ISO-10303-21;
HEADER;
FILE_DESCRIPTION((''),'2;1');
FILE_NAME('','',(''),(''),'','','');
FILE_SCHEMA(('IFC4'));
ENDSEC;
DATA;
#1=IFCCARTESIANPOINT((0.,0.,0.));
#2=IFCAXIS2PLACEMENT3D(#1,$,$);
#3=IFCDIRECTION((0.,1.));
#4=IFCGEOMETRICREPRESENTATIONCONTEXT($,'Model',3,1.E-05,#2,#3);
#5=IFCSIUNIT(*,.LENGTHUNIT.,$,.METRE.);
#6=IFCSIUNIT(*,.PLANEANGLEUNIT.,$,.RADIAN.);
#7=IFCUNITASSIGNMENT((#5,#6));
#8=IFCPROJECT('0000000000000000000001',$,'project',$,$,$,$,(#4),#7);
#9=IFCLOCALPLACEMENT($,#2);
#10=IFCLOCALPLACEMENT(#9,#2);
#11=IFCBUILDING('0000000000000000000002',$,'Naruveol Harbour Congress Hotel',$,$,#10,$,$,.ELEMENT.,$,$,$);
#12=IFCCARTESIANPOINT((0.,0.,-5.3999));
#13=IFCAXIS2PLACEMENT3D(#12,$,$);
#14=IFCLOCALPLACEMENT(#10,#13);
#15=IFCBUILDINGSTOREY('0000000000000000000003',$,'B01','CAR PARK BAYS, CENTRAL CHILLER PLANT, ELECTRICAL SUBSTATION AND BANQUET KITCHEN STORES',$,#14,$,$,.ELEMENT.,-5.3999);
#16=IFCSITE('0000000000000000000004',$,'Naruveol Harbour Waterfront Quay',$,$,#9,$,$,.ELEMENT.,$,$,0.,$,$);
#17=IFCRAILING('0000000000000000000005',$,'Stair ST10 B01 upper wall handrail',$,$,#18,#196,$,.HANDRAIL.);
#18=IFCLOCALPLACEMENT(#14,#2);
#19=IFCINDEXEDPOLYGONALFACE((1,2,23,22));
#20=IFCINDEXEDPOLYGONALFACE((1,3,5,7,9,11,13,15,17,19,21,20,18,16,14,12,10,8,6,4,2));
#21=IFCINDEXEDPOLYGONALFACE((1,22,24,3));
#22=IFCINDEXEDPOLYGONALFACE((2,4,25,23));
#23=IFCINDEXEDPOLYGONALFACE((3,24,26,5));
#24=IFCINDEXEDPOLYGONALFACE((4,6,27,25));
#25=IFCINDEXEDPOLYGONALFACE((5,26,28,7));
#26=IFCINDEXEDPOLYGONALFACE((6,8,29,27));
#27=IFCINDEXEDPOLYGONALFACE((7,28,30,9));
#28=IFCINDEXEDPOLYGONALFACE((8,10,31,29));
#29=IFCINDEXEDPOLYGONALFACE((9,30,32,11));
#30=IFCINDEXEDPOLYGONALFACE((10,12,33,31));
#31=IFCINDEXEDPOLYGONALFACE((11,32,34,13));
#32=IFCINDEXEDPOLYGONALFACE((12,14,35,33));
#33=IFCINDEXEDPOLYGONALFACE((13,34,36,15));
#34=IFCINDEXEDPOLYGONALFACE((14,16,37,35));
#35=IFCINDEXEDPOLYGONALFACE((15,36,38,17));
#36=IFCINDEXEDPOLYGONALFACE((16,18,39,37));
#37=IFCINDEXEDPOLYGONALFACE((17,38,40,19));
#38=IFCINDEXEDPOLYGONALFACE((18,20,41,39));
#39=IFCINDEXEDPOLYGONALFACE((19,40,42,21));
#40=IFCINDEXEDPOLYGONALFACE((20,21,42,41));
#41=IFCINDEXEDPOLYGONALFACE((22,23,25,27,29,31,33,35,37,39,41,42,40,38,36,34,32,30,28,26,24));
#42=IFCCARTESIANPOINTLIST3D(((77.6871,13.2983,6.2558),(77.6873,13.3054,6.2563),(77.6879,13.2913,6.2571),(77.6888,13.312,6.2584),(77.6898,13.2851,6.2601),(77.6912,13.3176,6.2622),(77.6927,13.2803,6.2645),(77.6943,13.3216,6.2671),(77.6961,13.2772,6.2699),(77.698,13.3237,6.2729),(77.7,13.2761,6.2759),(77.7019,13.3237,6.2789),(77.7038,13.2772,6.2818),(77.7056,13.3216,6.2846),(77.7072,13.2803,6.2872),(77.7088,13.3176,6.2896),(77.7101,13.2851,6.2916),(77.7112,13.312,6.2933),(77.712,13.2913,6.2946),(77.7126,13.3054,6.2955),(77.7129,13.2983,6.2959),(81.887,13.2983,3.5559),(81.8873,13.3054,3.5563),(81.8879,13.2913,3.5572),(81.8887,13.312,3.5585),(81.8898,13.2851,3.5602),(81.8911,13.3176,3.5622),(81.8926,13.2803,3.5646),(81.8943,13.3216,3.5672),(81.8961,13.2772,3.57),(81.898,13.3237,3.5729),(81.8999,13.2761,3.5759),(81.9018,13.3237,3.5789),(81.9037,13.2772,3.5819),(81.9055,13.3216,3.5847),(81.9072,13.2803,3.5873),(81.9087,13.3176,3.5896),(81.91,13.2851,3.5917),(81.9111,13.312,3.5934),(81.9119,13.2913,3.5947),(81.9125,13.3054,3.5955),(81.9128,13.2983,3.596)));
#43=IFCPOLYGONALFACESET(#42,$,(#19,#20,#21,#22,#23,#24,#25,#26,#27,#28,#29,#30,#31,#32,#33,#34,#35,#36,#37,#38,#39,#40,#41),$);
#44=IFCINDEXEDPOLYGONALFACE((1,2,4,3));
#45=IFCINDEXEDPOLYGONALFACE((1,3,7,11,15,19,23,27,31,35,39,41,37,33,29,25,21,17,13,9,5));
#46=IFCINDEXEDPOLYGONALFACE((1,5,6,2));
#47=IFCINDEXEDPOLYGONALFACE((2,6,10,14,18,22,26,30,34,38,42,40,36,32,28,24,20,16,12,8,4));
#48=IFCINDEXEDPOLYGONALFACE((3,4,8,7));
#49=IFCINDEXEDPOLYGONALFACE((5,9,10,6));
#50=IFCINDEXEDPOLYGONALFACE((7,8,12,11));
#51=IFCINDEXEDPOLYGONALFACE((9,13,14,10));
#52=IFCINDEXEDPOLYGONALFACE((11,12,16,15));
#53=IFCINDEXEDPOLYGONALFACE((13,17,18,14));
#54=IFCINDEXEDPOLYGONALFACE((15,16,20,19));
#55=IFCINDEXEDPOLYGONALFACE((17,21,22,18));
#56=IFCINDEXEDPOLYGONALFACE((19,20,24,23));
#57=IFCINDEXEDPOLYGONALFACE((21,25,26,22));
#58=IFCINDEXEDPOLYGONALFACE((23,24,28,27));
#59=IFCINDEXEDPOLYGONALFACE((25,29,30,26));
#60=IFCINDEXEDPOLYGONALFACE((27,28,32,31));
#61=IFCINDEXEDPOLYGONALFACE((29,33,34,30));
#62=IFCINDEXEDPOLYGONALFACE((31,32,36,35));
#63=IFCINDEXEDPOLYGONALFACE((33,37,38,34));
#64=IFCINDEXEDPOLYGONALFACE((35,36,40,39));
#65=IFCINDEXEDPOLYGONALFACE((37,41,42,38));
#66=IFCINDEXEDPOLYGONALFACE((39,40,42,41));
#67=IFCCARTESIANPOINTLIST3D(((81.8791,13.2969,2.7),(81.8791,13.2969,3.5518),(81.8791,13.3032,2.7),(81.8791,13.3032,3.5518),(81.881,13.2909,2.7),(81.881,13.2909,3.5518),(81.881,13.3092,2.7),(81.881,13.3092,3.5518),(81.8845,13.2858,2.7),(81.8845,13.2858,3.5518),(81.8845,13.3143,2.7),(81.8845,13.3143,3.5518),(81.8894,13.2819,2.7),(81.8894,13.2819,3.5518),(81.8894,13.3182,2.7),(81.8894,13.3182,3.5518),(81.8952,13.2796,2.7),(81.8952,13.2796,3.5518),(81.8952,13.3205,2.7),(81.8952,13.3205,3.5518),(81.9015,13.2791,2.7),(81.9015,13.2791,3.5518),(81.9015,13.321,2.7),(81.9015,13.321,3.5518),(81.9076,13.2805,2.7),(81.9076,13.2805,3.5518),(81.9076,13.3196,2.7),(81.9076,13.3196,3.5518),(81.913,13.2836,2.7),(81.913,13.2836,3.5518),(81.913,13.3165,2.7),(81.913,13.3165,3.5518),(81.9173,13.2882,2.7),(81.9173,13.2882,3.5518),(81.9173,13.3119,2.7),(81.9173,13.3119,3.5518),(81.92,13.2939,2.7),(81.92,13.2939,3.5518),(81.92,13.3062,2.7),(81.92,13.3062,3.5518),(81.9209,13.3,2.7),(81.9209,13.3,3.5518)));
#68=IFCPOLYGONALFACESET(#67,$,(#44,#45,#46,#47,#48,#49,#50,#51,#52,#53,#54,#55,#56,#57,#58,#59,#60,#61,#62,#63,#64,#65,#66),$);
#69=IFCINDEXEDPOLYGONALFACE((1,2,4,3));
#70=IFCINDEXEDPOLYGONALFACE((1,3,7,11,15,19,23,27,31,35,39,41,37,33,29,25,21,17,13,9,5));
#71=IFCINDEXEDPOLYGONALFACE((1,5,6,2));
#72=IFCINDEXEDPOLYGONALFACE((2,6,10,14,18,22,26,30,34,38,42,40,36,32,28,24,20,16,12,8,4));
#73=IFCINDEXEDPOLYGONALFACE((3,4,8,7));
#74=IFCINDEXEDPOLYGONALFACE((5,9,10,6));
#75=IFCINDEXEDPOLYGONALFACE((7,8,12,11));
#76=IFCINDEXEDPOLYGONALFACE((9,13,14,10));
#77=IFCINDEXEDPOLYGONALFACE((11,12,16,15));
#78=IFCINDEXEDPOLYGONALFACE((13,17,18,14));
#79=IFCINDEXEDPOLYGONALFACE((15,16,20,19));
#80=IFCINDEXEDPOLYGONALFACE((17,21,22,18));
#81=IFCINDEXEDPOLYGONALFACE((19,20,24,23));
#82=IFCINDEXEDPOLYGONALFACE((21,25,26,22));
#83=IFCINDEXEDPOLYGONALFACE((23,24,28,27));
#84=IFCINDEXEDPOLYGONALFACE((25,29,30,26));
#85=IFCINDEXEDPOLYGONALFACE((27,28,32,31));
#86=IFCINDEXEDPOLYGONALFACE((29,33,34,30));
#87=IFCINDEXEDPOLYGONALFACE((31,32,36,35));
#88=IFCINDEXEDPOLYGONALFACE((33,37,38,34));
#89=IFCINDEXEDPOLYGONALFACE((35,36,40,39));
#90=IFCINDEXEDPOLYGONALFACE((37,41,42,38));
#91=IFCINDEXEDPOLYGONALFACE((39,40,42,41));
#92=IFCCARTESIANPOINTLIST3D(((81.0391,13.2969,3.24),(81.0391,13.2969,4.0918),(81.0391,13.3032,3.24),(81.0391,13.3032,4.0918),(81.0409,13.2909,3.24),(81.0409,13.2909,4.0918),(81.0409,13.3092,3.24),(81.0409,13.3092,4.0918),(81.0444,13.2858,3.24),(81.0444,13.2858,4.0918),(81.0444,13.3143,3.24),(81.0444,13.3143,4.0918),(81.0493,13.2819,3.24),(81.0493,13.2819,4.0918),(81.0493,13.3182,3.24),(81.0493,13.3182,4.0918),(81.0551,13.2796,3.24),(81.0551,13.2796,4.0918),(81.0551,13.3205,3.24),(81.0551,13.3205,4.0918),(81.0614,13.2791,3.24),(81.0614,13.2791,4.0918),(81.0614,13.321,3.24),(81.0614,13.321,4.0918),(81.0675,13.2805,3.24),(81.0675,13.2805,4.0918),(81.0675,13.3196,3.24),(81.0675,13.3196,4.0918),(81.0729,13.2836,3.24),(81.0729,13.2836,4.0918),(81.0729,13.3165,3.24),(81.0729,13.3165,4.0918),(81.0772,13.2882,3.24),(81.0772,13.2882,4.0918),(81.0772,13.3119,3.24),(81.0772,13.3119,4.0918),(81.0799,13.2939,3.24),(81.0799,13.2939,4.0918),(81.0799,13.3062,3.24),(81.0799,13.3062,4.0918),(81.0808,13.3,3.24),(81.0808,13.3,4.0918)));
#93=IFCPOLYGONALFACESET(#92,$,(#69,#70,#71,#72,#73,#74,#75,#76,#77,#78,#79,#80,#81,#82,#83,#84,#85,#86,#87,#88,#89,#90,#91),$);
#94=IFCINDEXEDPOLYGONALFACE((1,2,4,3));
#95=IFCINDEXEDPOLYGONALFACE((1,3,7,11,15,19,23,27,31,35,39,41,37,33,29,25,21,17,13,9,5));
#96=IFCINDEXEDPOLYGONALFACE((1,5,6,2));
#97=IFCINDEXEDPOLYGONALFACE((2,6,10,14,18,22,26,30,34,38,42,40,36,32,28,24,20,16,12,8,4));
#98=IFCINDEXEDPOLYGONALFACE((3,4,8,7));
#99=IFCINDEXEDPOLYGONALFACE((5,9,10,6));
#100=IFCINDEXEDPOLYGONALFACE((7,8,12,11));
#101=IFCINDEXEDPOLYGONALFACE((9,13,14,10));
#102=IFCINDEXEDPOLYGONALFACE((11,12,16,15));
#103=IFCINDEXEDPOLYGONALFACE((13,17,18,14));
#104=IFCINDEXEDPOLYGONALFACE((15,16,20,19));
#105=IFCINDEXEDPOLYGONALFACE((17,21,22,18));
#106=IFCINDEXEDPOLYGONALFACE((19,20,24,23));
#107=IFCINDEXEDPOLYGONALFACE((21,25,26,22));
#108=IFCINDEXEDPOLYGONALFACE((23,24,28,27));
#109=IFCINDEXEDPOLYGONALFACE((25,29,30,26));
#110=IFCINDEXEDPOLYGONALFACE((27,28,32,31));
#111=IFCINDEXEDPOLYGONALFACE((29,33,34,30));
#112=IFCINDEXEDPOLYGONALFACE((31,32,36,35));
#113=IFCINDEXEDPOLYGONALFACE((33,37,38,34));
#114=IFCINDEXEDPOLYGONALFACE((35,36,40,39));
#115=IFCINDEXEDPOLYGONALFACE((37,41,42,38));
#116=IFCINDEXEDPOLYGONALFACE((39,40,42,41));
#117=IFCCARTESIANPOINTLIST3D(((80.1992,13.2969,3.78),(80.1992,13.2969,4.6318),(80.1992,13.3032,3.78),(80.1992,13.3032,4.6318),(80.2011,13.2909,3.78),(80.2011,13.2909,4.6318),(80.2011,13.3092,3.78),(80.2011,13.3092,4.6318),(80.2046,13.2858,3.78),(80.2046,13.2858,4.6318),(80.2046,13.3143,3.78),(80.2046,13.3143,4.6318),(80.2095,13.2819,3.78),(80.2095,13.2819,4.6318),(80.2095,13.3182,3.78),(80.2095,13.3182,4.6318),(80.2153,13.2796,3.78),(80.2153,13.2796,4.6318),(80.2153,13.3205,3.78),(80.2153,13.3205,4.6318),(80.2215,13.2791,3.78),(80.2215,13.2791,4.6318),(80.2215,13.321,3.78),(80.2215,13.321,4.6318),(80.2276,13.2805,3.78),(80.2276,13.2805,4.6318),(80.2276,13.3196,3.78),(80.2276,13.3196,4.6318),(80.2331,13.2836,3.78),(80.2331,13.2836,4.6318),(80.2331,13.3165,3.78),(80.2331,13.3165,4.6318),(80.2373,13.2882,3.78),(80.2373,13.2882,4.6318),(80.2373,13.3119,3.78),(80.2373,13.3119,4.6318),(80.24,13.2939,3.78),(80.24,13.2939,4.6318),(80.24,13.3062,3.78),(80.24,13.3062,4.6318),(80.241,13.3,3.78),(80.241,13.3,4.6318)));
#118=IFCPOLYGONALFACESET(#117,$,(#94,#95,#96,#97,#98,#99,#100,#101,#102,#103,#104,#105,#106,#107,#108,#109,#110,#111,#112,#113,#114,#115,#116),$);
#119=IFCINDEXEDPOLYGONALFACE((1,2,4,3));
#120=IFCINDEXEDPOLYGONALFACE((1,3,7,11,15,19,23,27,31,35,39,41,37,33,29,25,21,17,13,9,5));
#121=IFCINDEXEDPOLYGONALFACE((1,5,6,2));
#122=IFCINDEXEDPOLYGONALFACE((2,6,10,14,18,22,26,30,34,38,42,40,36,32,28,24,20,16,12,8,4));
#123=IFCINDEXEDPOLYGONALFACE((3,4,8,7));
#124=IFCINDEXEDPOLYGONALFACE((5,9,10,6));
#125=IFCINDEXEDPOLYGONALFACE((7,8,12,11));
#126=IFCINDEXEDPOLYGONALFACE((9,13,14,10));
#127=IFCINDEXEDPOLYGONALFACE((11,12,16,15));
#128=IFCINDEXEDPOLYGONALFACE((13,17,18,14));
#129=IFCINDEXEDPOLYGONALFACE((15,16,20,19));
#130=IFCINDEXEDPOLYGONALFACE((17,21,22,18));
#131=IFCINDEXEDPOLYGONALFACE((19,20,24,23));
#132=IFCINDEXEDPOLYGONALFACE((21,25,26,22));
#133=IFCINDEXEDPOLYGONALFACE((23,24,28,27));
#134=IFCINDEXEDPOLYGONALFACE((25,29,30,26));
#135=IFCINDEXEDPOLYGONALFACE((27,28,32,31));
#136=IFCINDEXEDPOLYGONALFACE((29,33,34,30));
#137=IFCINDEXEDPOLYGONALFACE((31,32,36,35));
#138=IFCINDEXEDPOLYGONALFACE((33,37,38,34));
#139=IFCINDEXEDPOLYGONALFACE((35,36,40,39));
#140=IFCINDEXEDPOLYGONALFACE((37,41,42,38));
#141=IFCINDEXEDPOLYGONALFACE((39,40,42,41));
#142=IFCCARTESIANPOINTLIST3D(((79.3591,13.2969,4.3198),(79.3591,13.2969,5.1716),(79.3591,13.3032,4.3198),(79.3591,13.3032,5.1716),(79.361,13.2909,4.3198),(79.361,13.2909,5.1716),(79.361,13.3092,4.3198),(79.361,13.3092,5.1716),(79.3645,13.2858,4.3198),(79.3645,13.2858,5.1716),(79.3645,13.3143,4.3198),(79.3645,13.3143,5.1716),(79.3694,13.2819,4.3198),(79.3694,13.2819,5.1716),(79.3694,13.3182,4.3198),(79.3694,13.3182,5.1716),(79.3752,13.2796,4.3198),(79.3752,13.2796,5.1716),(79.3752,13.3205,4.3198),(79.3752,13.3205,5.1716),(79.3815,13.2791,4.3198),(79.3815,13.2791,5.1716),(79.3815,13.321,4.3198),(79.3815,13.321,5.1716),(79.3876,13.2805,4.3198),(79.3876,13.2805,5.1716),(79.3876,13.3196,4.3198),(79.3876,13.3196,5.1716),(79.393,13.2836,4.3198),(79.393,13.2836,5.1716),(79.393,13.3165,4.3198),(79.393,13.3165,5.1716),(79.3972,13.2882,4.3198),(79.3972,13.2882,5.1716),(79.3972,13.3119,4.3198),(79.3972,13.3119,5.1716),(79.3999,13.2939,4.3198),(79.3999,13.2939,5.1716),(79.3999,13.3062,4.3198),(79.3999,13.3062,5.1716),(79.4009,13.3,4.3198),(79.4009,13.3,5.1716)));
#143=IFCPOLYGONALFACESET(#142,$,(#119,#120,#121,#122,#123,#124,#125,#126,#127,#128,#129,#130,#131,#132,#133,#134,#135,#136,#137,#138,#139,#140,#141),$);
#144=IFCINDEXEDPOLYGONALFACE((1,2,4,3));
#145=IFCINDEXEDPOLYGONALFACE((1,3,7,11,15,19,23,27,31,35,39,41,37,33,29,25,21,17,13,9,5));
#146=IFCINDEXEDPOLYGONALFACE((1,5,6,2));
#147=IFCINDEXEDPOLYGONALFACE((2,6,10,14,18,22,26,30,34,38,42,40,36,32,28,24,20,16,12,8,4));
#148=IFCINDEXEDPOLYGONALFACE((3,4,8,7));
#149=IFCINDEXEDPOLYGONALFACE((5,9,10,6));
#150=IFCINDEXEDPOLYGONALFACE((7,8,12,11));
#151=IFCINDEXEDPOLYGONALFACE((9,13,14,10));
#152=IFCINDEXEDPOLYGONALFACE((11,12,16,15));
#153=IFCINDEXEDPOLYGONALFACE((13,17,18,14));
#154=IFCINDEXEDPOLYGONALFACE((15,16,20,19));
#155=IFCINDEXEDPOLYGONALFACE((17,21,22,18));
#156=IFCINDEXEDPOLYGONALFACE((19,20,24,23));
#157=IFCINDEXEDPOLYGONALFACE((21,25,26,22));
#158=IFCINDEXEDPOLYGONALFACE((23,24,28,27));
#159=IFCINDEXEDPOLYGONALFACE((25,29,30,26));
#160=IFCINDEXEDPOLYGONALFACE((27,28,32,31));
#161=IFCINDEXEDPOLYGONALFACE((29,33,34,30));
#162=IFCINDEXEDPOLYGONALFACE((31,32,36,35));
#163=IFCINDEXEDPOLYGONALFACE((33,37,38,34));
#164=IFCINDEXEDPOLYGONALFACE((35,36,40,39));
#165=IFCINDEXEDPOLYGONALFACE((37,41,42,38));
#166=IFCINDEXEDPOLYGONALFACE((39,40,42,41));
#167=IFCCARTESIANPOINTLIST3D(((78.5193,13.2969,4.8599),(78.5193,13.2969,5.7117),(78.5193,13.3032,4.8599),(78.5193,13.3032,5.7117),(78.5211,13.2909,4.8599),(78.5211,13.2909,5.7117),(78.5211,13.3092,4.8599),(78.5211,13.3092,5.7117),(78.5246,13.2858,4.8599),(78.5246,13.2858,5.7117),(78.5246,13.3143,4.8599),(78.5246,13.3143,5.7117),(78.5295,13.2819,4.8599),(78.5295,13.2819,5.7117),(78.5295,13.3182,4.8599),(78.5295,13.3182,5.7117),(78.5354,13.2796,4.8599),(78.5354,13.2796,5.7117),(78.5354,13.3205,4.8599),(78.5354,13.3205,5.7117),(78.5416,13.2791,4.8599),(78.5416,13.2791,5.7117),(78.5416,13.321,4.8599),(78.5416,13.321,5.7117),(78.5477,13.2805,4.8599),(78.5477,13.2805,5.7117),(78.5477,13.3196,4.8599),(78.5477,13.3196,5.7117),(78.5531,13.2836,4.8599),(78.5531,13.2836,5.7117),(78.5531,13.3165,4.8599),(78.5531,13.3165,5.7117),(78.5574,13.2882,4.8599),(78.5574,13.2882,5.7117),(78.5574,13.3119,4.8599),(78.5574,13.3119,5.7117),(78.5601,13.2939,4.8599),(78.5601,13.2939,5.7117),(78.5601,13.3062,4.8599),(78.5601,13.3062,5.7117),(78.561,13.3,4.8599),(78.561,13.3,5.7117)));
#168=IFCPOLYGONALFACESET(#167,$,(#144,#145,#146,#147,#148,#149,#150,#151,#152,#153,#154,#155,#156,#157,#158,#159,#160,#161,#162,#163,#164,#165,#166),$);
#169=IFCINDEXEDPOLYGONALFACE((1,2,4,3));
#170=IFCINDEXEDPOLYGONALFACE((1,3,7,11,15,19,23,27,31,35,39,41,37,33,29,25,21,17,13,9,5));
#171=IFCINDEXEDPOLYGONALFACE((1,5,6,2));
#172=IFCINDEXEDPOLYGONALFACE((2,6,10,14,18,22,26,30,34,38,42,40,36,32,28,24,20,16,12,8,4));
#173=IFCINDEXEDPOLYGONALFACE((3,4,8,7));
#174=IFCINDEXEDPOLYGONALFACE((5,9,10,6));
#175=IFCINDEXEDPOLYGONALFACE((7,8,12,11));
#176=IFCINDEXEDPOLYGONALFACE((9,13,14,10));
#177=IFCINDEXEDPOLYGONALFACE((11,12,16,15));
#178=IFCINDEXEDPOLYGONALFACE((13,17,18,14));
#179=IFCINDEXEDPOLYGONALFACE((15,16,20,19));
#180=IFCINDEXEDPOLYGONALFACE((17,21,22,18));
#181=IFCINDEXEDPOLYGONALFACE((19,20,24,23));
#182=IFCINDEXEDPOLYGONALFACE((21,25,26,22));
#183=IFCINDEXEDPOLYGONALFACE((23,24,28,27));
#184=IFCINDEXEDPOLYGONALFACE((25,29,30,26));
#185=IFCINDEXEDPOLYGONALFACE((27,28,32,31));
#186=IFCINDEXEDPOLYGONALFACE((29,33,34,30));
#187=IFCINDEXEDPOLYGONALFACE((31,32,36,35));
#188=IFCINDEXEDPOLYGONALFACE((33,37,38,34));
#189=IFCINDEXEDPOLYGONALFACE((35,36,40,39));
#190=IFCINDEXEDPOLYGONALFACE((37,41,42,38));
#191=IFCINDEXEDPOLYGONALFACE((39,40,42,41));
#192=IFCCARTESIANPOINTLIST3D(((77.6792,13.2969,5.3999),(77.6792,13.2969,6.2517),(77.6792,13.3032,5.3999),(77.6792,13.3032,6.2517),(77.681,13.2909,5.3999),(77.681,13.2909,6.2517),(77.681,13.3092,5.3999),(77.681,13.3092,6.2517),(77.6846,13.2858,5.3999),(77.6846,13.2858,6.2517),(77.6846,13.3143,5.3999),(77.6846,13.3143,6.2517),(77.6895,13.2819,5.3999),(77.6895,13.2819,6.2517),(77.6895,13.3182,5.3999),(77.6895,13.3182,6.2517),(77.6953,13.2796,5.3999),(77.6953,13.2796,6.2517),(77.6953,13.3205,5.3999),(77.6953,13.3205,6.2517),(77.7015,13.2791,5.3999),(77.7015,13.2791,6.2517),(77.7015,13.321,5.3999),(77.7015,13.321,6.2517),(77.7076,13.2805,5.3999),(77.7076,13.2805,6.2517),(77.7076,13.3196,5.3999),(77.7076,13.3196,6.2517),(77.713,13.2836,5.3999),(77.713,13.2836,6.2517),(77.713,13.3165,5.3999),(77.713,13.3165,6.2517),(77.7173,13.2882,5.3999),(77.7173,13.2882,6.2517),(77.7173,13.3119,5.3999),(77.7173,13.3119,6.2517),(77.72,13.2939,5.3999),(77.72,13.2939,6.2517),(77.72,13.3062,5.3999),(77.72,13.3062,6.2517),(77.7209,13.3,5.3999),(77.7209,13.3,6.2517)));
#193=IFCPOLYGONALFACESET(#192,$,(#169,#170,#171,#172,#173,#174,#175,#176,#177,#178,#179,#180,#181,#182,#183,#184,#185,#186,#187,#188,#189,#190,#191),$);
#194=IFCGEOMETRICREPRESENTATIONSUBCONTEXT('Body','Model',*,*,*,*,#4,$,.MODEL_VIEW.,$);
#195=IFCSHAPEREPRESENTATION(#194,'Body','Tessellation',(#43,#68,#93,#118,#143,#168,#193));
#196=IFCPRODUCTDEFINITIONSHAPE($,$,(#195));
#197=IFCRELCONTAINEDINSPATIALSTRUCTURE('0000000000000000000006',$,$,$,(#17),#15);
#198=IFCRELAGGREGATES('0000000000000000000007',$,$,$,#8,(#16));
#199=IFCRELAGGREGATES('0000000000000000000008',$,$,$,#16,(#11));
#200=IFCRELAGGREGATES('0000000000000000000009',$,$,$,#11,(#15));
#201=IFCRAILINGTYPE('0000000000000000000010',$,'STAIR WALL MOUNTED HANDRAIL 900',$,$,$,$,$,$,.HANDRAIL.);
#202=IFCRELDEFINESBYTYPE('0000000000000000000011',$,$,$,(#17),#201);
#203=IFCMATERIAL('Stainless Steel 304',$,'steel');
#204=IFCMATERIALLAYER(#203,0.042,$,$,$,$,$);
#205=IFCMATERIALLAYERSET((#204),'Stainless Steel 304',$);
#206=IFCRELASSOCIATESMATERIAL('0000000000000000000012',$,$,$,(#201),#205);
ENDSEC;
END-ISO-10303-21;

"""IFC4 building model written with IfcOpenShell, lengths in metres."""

from ifc_helpers import new_model, si_unit, direction, frame, origin, origin_2d, place, context, subcontext, project, spatial, circle, extrude, material, layer, layer_set, type_object, element, save


model = new_model("IFC4")

# Units and contexts
model_context = context("Model", 3, precision=1e-05, world=origin(), true_north=direction((0.0, 1.0)))
body_context = subcontext(model_context, "Body", "Model", "MODEL_VIEW")
ifc_project = project(units=[si_unit("LENGTHUNIT", "METRE"), si_unit("PLANEANGLEUNIT", "RADIAN")], contexts=[model_context])

# Site, building, storey
site_placement = place(None, origin())
site = spatial("IfcSite", under=ifc_project, at=site_placement, Name="Naruveol Harbour Waterfront Quay", CompositionType="ELEMENT", RefElevation=0.0)
building_placement = place(site_placement, origin())
building = spatial("IfcBuilding", under=site, at=building_placement, Name="Naruveol Harbour Congress Hotel", CompositionType="ELEMENT")
storey_placement = place(building_placement, frame((0.0, 0.0, -5.3999)))
storey = spatial("IfcBuildingStorey", under=building, at=storey_placement, Name="B01", Description="CAR PARK BAYS, CENTRAL CHILLER PLANT, ELECTRICAL SUBSTATION AND BANQUET KITCHEN STORES", CompositionType="ELEMENT", Elevation=-5.3999)

# Railing
ifc_material_1 = material(Name="Stainless Steel 304", Category="steel")
ifc_layer_1 = layer(ifc_material_1, 0.042)
ifc_layer_set_1 = layer_set([ifc_layer_1], Name="Stainless Steel 304")
railing_type_1 = type_object("IfcRailingType", Name="STAIR WALL MOUNTED HANDRAIL 900", PredefinedType="HANDRAIL", material=ifc_layer_set_1)
railing_1_placement = place(storey_placement, frame((81.8999, 13.3, 2.7)))
element("IfcRailing", 1, at=railing_1_placement, inside=storey, type_object=railing_type_1, Name="Stair ST10 B01 upper wall handrail", PredefinedType="HANDRAIL", context=body_context, shape_type="SweptSolid", body=[
    extrude(circle(Radius=0.0239, at=origin_2d()), frame((0.0, 0.0, 0.876), z_axis=(-0.84118, 0.0, 0.540755), x_axis=(0.0, -1.0, 0.0)), (0.0, 0.0, 1.0), 4.9929),
    extrude(circle(Radius=0.021, at=origin_2d()), origin(), (0.0, 0.0, 1.0), 0.8518),
    extrude(circle(Radius=0.021, at=origin_2d()), frame((-0.8401, 0.0, 0.54)), (0.0, 0.0, 1.0), 0.8518),
    extrude(circle(Radius=0.021, at=origin_2d()), frame((-1.6799, 0.0, 1.0801)), (0.0, 0.0, 1.0), 0.8518),
    extrude(circle(Radius=0.021, at=origin_2d()), frame((-2.52, 0.0, 1.6199)), (0.0, 0.0, 1.0), 0.8518),
    extrude(circle(Radius=0.021, at=origin_2d()), frame((-3.3599, 0.0, 2.1599)), (0.0, 0.0, 1.0), 0.8518),
    extrude(circle(Radius=0.021, at=origin_2d()), frame((-4.2, 0.0, 2.7)), (0.0, 0.0, 1.0), 0.8518),
])

save(model, "model.ifc")
